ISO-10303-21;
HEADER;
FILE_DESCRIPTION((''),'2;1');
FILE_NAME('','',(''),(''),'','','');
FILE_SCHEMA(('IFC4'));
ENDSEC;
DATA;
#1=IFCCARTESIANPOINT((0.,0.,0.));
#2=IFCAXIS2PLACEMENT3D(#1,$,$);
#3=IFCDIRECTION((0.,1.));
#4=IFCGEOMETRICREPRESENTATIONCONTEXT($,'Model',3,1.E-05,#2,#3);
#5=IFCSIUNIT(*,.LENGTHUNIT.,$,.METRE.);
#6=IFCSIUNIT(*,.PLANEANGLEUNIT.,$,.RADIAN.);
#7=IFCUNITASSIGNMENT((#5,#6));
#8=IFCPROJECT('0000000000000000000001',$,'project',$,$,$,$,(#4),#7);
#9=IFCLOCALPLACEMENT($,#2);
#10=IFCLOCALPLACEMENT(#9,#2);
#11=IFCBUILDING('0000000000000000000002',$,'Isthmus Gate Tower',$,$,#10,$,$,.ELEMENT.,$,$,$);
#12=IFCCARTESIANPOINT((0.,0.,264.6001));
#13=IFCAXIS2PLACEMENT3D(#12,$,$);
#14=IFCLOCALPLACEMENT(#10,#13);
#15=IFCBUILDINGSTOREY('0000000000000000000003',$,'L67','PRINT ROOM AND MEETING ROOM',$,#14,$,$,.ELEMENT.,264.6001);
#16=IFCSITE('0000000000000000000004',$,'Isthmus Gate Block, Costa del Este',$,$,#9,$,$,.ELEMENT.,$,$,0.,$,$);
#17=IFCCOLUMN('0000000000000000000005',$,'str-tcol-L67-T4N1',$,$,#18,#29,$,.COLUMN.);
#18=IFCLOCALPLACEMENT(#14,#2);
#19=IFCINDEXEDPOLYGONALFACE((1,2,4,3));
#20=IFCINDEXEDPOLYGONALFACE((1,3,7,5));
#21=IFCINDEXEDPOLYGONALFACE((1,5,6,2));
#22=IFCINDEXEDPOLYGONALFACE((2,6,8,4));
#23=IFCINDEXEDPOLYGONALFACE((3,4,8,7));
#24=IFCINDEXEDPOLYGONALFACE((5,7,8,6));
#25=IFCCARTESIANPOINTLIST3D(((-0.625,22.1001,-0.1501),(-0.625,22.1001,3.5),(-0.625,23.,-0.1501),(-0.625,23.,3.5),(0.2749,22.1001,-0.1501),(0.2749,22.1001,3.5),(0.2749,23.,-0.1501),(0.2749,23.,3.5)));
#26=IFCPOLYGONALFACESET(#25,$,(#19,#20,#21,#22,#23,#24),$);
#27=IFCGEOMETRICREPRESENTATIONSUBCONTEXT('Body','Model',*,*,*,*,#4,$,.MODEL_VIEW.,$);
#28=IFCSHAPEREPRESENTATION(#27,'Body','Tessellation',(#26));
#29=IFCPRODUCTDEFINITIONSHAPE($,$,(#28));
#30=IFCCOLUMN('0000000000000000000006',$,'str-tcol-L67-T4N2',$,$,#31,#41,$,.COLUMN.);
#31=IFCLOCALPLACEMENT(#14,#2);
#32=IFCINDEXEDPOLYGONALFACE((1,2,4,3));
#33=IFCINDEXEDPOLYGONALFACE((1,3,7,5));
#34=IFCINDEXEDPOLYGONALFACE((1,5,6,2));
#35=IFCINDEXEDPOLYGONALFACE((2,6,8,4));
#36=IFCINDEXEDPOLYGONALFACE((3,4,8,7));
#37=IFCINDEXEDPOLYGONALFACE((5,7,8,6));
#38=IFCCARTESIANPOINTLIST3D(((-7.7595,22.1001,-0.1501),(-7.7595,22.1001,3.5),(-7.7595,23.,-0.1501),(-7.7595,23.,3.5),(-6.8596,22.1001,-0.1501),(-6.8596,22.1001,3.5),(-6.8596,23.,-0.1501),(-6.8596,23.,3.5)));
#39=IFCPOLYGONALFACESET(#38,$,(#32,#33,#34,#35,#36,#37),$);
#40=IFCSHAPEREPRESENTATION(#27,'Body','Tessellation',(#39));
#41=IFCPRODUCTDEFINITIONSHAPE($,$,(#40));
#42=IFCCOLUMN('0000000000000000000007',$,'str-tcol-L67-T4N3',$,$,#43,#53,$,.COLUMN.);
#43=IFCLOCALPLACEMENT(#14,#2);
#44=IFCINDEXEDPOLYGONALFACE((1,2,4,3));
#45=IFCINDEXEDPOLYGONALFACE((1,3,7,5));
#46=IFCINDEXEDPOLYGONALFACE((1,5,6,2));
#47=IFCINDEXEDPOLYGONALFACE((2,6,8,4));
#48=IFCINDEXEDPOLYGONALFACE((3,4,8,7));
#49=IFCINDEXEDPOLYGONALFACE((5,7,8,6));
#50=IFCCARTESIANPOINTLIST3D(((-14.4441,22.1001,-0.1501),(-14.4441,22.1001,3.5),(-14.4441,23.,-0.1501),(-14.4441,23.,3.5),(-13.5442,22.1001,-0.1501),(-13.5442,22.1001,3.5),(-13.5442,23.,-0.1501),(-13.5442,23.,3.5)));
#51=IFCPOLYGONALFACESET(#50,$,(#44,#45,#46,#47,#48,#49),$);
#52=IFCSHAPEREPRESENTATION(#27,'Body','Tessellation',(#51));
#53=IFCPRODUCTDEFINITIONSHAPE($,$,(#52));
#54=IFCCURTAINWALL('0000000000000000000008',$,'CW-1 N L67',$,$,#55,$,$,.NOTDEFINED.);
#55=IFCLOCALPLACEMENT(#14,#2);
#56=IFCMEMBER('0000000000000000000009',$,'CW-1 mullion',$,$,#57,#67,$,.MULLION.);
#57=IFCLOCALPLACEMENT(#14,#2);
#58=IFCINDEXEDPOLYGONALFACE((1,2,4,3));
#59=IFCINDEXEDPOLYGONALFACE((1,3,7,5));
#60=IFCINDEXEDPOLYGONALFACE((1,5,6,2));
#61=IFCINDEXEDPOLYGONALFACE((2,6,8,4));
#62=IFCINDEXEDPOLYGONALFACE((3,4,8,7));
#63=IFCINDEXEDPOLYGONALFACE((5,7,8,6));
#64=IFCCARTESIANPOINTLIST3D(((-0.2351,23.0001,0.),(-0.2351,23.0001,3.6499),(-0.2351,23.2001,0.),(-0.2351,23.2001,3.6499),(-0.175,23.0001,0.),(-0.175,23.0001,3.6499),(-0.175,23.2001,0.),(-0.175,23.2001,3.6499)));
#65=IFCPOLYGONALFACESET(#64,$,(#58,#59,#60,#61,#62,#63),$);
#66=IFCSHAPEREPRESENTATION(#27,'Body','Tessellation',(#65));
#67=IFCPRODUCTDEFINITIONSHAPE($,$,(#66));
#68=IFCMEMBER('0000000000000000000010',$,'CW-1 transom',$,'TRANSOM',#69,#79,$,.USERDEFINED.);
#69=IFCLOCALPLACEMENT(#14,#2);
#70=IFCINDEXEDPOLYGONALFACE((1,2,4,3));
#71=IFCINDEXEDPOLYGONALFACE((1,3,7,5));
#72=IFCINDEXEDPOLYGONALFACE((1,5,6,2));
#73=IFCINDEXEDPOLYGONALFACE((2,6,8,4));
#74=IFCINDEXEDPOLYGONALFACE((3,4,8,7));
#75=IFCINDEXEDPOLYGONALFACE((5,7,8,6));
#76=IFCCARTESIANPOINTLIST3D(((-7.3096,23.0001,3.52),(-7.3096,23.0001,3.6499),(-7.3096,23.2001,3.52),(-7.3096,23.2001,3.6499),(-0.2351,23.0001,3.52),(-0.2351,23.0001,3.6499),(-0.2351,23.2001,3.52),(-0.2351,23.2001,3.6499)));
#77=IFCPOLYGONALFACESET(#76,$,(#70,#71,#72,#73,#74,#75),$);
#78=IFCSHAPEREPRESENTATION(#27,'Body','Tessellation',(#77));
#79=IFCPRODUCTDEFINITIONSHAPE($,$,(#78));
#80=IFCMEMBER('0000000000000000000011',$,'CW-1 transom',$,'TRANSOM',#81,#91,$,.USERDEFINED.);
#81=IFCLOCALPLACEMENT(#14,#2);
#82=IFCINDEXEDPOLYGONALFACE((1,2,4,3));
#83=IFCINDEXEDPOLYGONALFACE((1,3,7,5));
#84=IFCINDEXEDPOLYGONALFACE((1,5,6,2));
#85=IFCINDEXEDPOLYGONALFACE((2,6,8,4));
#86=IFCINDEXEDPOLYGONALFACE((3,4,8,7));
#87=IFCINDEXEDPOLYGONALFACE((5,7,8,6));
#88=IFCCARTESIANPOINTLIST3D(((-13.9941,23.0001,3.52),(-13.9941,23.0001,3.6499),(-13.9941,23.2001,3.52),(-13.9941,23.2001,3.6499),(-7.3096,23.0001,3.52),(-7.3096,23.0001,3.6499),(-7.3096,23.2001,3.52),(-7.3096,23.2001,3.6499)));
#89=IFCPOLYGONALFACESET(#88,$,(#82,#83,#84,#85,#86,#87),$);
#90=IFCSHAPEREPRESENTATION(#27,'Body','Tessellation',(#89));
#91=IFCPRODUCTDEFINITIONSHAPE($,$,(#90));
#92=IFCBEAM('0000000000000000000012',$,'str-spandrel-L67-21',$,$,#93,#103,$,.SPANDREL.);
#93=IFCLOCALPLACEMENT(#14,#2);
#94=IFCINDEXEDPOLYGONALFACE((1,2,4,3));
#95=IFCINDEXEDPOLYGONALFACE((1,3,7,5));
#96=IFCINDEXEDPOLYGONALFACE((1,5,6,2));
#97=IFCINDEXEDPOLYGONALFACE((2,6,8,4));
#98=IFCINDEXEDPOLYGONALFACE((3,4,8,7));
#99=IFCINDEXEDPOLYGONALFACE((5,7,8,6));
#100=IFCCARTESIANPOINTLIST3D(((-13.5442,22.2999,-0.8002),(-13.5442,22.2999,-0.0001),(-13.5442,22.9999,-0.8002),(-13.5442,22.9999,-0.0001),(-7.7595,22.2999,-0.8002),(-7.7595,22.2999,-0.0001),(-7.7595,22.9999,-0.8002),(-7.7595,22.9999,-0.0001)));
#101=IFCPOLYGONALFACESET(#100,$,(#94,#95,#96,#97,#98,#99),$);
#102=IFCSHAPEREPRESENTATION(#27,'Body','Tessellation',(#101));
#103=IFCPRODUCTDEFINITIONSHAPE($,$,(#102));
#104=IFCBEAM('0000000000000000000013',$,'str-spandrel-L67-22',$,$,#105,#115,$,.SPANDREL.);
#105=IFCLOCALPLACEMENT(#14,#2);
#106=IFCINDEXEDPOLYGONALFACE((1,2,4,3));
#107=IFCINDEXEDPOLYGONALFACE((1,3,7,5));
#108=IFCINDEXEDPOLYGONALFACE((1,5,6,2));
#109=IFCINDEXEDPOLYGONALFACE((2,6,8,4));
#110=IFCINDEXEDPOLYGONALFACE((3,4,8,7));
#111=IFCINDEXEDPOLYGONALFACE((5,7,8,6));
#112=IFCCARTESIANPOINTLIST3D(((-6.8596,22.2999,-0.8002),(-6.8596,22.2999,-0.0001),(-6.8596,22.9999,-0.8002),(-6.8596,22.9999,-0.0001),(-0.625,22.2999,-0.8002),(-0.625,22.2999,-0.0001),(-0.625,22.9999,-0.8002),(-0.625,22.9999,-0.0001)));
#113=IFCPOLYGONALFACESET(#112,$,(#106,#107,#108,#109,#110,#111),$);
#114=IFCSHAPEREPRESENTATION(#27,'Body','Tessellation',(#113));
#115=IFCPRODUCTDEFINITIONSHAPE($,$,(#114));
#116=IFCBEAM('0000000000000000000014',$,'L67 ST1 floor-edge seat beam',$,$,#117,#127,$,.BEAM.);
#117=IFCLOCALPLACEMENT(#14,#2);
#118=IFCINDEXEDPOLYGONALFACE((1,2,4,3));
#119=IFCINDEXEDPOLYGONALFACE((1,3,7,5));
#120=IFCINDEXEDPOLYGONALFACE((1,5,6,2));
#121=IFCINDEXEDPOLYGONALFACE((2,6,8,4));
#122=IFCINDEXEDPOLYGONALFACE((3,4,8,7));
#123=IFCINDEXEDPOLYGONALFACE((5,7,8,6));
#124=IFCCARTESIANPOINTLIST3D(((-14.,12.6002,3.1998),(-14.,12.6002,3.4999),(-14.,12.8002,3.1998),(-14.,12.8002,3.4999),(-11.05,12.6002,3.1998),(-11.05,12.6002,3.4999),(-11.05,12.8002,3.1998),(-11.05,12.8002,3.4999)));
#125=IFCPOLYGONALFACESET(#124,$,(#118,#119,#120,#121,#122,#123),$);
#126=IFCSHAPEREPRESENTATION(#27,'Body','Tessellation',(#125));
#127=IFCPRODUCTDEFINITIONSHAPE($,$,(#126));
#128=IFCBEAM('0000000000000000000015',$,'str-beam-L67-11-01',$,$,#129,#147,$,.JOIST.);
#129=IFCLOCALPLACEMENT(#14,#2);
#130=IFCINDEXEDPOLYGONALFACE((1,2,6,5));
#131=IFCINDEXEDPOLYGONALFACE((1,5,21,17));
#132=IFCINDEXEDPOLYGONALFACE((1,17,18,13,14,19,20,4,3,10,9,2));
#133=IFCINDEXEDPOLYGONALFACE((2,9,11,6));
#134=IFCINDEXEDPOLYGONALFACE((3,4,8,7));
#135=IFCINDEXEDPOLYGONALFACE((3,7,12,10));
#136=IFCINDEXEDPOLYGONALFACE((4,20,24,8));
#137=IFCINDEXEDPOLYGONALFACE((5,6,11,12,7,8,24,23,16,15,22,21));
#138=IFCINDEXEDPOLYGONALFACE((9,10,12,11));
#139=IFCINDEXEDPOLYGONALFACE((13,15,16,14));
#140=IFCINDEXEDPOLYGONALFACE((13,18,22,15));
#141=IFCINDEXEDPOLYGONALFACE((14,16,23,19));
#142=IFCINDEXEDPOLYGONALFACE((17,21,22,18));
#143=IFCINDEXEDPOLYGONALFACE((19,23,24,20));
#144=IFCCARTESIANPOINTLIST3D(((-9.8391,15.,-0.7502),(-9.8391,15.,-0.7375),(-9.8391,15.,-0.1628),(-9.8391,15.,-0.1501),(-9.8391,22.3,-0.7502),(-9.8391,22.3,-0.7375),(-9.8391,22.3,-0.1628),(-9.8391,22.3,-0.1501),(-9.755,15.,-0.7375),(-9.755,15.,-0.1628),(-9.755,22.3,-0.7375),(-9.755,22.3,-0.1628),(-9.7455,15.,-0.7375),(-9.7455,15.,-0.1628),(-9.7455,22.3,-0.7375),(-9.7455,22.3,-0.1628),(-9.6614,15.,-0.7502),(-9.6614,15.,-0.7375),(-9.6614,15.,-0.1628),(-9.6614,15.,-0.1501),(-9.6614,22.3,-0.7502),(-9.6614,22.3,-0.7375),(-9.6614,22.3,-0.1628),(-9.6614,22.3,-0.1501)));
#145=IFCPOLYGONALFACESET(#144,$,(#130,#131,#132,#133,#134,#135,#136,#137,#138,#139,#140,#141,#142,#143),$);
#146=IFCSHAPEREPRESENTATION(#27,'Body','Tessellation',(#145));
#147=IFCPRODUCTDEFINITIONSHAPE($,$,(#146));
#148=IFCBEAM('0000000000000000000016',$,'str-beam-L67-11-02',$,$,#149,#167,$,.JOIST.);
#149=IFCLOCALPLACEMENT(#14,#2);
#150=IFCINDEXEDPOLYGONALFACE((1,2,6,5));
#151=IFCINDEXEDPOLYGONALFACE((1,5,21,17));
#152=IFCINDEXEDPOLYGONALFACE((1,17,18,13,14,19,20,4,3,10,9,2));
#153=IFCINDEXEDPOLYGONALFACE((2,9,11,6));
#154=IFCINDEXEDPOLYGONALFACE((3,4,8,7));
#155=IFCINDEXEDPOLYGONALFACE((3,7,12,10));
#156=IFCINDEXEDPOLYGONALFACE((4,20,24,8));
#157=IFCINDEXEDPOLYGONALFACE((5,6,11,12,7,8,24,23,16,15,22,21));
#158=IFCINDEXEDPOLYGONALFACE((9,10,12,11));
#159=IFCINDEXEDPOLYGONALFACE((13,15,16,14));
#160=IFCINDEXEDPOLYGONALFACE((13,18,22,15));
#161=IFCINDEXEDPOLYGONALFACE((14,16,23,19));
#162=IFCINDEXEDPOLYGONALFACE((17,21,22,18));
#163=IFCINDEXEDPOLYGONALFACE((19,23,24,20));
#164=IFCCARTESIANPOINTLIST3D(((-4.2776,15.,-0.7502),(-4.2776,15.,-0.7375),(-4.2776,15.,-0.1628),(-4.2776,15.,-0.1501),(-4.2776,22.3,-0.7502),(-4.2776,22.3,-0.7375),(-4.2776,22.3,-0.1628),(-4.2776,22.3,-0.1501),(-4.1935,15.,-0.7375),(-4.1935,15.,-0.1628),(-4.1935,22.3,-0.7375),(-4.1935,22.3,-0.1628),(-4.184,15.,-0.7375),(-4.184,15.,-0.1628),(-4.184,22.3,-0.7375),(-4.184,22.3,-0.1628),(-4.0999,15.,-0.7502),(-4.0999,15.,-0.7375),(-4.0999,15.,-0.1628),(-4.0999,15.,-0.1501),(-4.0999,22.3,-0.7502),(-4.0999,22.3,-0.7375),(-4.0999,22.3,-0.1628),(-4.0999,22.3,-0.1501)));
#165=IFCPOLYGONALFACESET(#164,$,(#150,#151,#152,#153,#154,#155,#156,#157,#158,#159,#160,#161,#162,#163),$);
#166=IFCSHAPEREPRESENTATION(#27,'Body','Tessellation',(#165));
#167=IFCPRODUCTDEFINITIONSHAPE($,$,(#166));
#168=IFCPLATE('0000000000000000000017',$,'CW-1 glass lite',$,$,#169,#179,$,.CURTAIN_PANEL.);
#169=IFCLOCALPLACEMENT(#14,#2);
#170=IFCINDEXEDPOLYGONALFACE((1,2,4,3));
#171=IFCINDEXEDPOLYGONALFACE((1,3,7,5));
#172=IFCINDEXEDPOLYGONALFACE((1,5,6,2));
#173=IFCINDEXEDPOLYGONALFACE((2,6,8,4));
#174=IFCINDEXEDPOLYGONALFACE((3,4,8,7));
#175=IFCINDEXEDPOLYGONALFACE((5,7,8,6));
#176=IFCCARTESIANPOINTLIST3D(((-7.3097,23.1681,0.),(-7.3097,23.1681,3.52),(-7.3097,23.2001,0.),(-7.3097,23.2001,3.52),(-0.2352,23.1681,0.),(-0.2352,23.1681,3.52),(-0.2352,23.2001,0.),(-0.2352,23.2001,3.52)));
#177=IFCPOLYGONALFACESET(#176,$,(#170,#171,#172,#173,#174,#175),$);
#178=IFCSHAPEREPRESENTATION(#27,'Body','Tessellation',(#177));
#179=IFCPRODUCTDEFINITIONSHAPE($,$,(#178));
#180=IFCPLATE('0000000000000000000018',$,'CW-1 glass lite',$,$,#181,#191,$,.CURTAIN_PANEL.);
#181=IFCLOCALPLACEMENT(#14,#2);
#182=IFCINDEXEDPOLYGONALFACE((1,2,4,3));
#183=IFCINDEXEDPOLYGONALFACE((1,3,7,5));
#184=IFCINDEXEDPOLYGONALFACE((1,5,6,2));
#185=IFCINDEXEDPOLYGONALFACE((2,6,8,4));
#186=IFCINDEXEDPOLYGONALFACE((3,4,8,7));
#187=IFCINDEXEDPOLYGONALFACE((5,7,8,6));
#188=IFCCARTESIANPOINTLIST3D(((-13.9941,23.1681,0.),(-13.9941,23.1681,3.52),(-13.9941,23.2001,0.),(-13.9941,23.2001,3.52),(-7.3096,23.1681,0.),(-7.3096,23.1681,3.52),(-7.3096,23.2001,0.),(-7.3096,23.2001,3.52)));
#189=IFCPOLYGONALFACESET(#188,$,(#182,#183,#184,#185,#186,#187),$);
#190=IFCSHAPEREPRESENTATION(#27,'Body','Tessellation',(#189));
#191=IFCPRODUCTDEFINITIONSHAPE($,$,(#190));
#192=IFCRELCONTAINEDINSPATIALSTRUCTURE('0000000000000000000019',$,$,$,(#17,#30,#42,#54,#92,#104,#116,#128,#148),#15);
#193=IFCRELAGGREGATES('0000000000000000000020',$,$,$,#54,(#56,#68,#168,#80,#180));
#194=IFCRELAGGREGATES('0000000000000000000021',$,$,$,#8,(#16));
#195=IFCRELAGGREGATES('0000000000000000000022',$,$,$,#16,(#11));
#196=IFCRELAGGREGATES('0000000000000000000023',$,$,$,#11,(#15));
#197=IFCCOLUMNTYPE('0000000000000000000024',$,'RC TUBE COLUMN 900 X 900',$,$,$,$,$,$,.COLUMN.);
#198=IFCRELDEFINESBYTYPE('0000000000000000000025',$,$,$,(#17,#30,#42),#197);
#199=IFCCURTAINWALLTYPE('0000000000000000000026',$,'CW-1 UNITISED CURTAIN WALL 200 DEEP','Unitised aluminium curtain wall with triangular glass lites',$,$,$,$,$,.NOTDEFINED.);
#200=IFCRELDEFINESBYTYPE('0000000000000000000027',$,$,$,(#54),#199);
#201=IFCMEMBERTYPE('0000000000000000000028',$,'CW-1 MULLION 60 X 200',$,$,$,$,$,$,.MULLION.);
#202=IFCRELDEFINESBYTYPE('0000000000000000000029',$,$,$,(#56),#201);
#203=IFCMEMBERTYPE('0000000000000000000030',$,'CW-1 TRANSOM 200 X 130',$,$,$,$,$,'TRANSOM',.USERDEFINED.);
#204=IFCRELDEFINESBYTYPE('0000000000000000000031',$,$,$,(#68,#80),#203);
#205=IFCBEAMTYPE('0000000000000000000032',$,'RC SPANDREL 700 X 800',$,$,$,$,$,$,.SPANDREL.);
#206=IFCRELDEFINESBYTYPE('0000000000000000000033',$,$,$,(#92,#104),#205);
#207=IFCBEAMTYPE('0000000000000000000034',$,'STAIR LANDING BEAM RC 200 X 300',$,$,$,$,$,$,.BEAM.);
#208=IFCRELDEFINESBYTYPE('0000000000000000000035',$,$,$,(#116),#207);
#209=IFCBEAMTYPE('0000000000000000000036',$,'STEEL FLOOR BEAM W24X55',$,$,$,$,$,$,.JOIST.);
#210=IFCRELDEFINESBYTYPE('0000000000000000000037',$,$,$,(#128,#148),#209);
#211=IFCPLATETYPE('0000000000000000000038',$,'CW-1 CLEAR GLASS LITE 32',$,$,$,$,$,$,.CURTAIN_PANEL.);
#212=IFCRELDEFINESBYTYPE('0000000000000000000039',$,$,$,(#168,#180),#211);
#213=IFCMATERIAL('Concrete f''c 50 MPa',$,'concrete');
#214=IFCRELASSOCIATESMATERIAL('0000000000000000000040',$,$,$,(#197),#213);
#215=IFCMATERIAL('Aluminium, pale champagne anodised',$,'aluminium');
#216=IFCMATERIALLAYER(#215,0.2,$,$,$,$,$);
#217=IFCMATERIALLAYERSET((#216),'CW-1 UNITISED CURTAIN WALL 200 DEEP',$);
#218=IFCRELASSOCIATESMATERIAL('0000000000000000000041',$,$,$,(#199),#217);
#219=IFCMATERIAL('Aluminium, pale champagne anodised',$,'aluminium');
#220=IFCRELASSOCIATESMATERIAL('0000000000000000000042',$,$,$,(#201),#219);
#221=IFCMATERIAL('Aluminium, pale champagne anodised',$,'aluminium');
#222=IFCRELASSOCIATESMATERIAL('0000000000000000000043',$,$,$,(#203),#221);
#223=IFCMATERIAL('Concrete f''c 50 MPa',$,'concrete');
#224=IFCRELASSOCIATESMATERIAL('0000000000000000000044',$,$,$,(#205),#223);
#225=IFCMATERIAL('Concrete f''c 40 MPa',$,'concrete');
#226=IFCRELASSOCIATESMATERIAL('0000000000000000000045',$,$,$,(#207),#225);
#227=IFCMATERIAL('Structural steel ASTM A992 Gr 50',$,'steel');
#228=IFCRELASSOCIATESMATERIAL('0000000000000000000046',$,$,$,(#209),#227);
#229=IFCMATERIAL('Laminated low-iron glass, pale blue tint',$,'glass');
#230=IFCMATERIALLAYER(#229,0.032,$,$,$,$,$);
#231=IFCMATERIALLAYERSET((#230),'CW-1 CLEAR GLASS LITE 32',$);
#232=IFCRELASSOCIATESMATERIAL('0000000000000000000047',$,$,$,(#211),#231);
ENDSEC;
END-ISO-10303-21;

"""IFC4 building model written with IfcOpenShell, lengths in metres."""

from ifc_helpers import new_model, si_unit, direction, frame, origin, origin_2d, place, context, subcontext, project, spatial, rectangle, i_section, extrude, material, layer, layer_set, material_profile, profile_set, type_object, element, aggregate, save


model = new_model("IFC4")

# Units and contexts
model_context = context("Model", 3, precision=1e-05, world=origin(), true_north=direction((0.0, 1.0)))
body_context = subcontext(model_context, "Body", "Model", "MODEL_VIEW")
ifc_project = project(units=[si_unit("LENGTHUNIT", "METRE"), si_unit("PLANEANGLEUNIT", "RADIAN")], contexts=[model_context])

# Site, building, storey
site_placement = place(None, origin())
site = spatial("IfcSite", under=ifc_project, at=site_placement, Name="Isthmus Gate Block, Costa del Este", CompositionType="ELEMENT", RefElevation=0.0)
building_placement = place(site_placement, origin())
building = spatial("IfcBuilding", under=site, at=building_placement, Name="Isthmus Gate Tower", CompositionType="ELEMENT")
storey_placement = place(building_placement, frame((0.0, 0.0, 264.6001)))
storey = spatial("IfcBuildingStorey", under=building, at=storey_placement, Name="L67", Description="PRINT ROOM AND MEETING ROOM", CompositionType="ELEMENT", Elevation=264.6001)

# Columns
ifc_material_1 = material(Name="Concrete f'c 50 MPa", Category="concrete")
ifc_material_profile_1 = material_profile(ifc_material_1, rectangle(XDim=0.8999, YDim=0.8999, at=origin_2d()), Name="RC 900X900")
ifc_profile_set_1 = profile_set([ifc_material_profile_1], Name="Concrete f'c 50 MPa")
column_type = type_object("IfcColumnType", Name="RC TUBE COLUMN 900 X 900", PredefinedType="COLUMN", material=ifc_profile_set_1)
for number, where, z_axis, x_axis, name in (
    (1, (-0.175, 22.55, -0.1501), (0.0, 0.0, 1.0), (-1.0, 0.0, 0.0), "str-tcol-L67-T4N1"),
    (2, (-7.3096, 22.55, -0.1501), (0.0, 0.0, 1.0), (-1.0, 0.0, 0.0), "str-tcol-L67-T4N2"),
    (3, (-13.9941, 22.55, -0.1501), (0.0, 0.0, 1.0), (-1.0, 0.0, 0.0), "str-tcol-L67-T4N3"),
):
    element("IfcColumn", number, at=place(storey_placement, frame(where, z_axis=z_axis, x_axis=x_axis)), inside=storey, type_object=column_type, Name=name, PredefinedType="COLUMN", context=body_context, shape_type="SweptSolid", body=[
        extrude(rectangle(XDim=0.8999, YDim=0.8999, at=origin_2d()), origin(), (0.0, 0.0, 1.0), 3.6501),
    ])

# Curtain wall, members
ifc_material_2 = material(Name="Aluminium, pale champagne anodised", Category="aluminium")
ifc_layer_1 = layer(ifc_material_2, 0.2)
ifc_layer_set_1 = layer_set([ifc_layer_1], Name="CW-1 UNITISED CURTAIN WALL 200 DEEP")
curtain_wall_type = type_object("IfcCurtainWallType", Name="CW-1 UNITISED CURTAIN WALL 200 DEEP", Description="Unitised aluminium curtain wall with triangular glass lites", PredefinedType="NOTDEFINED", material=ifc_layer_set_1)
curtain_wall_placement = place(storey_placement, origin())
curtain_wall = element("IfcCurtainWall", 4, at=curtain_wall_placement, inside=storey, type_object=curtain_wall_type, Name="CW-1 N L67", PredefinedType="NOTDEFINED")
ifc_material_3 = material(Name="Aluminium, pale champagne anodised", Category="aluminium")
ifc_material_profile_2 = material_profile(ifc_material_3, rectangle(XDim=0.0601, YDim=0.2, at=origin_2d()), Name="60x200")
ifc_profile_set_2 = profile_set([ifc_material_profile_2], Name="Aluminium, pale champagne anodised")
member_type_1 = type_object("IfcMemberType", Name="CW-1 MULLION 60 X 200", PredefinedType="MULLION", material=ifc_profile_set_2)
member_1_placement = place(storey_placement, frame((-0.2051, 23.1001, 0.0), z_axis=(0.0, 0.0, 1.0), x_axis=(-1.0, 0.0, 0.0)))
member_1 = element("IfcMember", 5, at=member_1_placement, type_object=member_type_1, Name="CW-1 mullion", PredefinedType="MULLION", context=body_context, shape_type="SweptSolid", body=[
    extrude(rectangle(XDim=0.0601, YDim=0.2, at=origin_2d()), origin(), (0.0, 0.0, 1.0), 3.6499),
])
ifc_material_4 = material(Name="Aluminium, pale champagne anodised", Category="aluminium")
ifc_material_profile_3 = material_profile(ifc_material_4, rectangle(XDim=0.2, YDim=0.1299, at=origin_2d()), Name="200x130")
ifc_profile_set_3 = profile_set([ifc_material_profile_3], Name="Aluminium, pale champagne anodised")
member_type_2 = type_object("IfcMemberType", Name="CW-1 TRANSOM 200 X 130", ElementType="TRANSOM", PredefinedType="USERDEFINED", material=ifc_profile_set_3)
member_2_placement = place(storey_placement, frame((-0.2351, 23.1001, 3.585), z_axis=(-1.0, 0.0, 0.0), x_axis=(0.0, -1.0, 0.0)))
member_2 = element("IfcMember", 6, at=member_2_placement, type_object=member_type_2, Name="CW-1 transom", ObjectType="TRANSOM", PredefinedType="USERDEFINED", context=body_context, shape_type="SweptSolid", body=[
    extrude(rectangle(XDim=0.2, YDim=0.1299, at=origin_2d()), origin(), (0.0, 0.0, 1.0), 7.0745),
])
member_3_placement = place(storey_placement, frame((-7.3096, 23.1001, 3.585), z_axis=(-1.0, 0.0, 0.0), x_axis=(0.0, -1.0, 0.0)))
member_3 = element("IfcMember", 7, at=member_3_placement, type_object=member_type_2, Name="CW-1 transom", ObjectType="TRANSOM", PredefinedType="USERDEFINED", context=body_context, shape_type="SweptSolid", body=[
    extrude(rectangle(XDim=0.2, YDim=0.1299, at=origin_2d()), origin(), (0.0, 0.0, 1.0), 6.6846),
])

# Beams
ifc_material_5 = material(Name="Concrete f'c 50 MPa", Category="concrete")
ifc_material_profile_4 = material_profile(ifc_material_5, rectangle(XDim=0.7, YDim=0.8, at=origin_2d()), Name="RC 700X800")
ifc_profile_set_4 = profile_set([ifc_material_profile_4], Name="Concrete f'c 50 MPa")
beam_type_1 = type_object("IfcBeamType", Name="RC SPANDREL 700 X 800", PredefinedType="SPANDREL", material=ifc_profile_set_4)
beam_1_placement = place(storey_placement, frame((-13.5442, 22.6499, -0.4001), z_axis=(1.0, 0.0, 0.0), x_axis=(0.0, 1.0, 0.0)))
element("IfcBeam", 8, at=beam_1_placement, inside=storey, type_object=beam_type_1, Name="str-spandrel-L67-21", PredefinedType="SPANDREL", context=body_context, shape_type="SweptSolid", body=[
    extrude(rectangle(XDim=0.7, YDim=0.8, at=origin_2d()), origin(), (0.0, 0.0, 1.0), 5.7847),
])
beam_2_placement = place(storey_placement, frame((-6.8596, 22.6499, -0.4001), z_axis=(1.0, 0.0, 0.0), x_axis=(0.0, 1.0, 0.0)))
element("IfcBeam", 9, at=beam_2_placement, inside=storey, type_object=beam_type_1, Name="str-spandrel-L67-22", PredefinedType="SPANDREL", context=body_context, shape_type="SweptSolid", body=[
    extrude(rectangle(XDim=0.7, YDim=0.8, at=origin_2d()), origin(), (0.0, 0.0, 1.0), 6.2346),
])
ifc_material_6 = material(Name="Concrete f'c 40 MPa", Category="concrete")
ifc_material_profile_5 = material_profile(ifc_material_6, rectangle(XDim=0.2, YDim=0.3, at=origin_2d()), Name="STAIR LANDING BEAM RC 200 X 300")
ifc_profile_set_5 = profile_set([ifc_material_profile_5], Name="Concrete f'c 40 MPa")
beam_type_2 = type_object("IfcBeamType", Name="STAIR LANDING BEAM RC 200 X 300", PredefinedType="BEAM", material=ifc_profile_set_5)
beam_3_placement = place(storey_placement, frame((-14.0, 12.7002, 3.3499), z_axis=(1.0, 0.0, 0.0), x_axis=(0.0, 1.0, 0.0)))
element("IfcBeam", 10, at=beam_3_placement, inside=storey, type_object=beam_type_2, Name="L67 ST1 floor-edge seat beam", PredefinedType="BEAM", context=body_context, shape_type="SweptSolid", body=[
    extrude(rectangle(XDim=0.2, YDim=0.3, at=origin_2d()), origin(), (0.0, 0.0, 1.0), 2.95),
])
ifc_material_7 = material(Name="Structural steel ASTM A992 Gr 50", Category="steel")
ifc_material_profile_6 = material_profile(ifc_material_7, i_section(OverallWidth=0.1777, OverallDepth=0.6001, WebThickness=0.0095, FlangeThickness=0.0127, at=origin_2d()), Name="W24X55")
ifc_profile_set_6 = profile_set([ifc_material_profile_6], Name="Structural steel ASTM A992 Gr 50")
beam_type_3 = type_object("IfcBeamType", Name="STEEL FLOOR BEAM W24X55", PredefinedType="JOIST", material=ifc_profile_set_6)
for number, where, z_axis, x_axis, name in (
    (11, (-9.7502, 15.0, -0.4502), (0.0, 1.0, 0.0), (-1.0, 0.0, 0.0), "str-beam-L67-11-01"),
    (12, (-4.1887, 15.0, -0.4502), (0.0, 1.0, 0.0), (-1.0, 0.0, 0.0), "str-beam-L67-11-02"),
):
    element("IfcBeam", number, at=place(storey_placement, frame(where, z_axis=z_axis, x_axis=x_axis)), inside=storey, type_object=beam_type_3, Name=name, PredefinedType="JOIST", context=body_context, shape_type="SweptSolid", body=[
        extrude(i_section(OverallWidth=0.1777, OverallDepth=0.6001, WebThickness=0.0095, FlangeThickness=0.0127, at=origin_2d()), origin(), (0.0, 0.0, 1.0), 7.3),
    ])

# Plates
ifc_material_8 = material(Name="Laminated low-iron glass, pale blue tint", Category="glass")
ifc_layer_2 = layer(ifc_material_8, 0.032)
ifc_layer_set_2 = layer_set([ifc_layer_2], Name="CW-1 CLEAR GLASS LITE 32")
plate_type = type_object("IfcPlateType", Name="CW-1 CLEAR GLASS LITE 32", PredefinedType="CURTAIN_PANEL", material=ifc_layer_set_2)
plate_1_placement = place(storey_placement, frame((-3.7725, 23.1841, 0.0), z_axis=(0.0, 0.0, 1.0), x_axis=(-1.0, 0.0, 0.0)))
plate_1 = element("IfcPlate", 13, at=plate_1_placement, type_object=plate_type, Name="CW-1 glass lite", PredefinedType="CURTAIN_PANEL", context=body_context, shape_type="SweptSolid", body=[
    extrude(rectangle(XDim=7.0745, YDim=0.032, at=origin_2d()), origin(), (0.0, 0.0, 1.0), 3.52),
])
plate_2_placement = place(storey_placement, frame((-10.6519, 23.1841, 0.0), z_axis=(0.0, 0.0, 1.0), x_axis=(-1.0, 0.0, 0.0)))
plate_2 = element("IfcPlate", 14, at=plate_2_placement, type_object=plate_type, Name="CW-1 glass lite", PredefinedType="CURTAIN_PANEL", context=body_context, shape_type="SweptSolid", body=[
    extrude(rectangle(XDim=6.6846, YDim=0.032, at=origin_2d()), origin(), (0.0, 0.0, 1.0), 3.52),
])
aggregate(curtain_wall, [member_1, member_2, plate_1, member_3, plate_2])

save(model, "model.ifc")
